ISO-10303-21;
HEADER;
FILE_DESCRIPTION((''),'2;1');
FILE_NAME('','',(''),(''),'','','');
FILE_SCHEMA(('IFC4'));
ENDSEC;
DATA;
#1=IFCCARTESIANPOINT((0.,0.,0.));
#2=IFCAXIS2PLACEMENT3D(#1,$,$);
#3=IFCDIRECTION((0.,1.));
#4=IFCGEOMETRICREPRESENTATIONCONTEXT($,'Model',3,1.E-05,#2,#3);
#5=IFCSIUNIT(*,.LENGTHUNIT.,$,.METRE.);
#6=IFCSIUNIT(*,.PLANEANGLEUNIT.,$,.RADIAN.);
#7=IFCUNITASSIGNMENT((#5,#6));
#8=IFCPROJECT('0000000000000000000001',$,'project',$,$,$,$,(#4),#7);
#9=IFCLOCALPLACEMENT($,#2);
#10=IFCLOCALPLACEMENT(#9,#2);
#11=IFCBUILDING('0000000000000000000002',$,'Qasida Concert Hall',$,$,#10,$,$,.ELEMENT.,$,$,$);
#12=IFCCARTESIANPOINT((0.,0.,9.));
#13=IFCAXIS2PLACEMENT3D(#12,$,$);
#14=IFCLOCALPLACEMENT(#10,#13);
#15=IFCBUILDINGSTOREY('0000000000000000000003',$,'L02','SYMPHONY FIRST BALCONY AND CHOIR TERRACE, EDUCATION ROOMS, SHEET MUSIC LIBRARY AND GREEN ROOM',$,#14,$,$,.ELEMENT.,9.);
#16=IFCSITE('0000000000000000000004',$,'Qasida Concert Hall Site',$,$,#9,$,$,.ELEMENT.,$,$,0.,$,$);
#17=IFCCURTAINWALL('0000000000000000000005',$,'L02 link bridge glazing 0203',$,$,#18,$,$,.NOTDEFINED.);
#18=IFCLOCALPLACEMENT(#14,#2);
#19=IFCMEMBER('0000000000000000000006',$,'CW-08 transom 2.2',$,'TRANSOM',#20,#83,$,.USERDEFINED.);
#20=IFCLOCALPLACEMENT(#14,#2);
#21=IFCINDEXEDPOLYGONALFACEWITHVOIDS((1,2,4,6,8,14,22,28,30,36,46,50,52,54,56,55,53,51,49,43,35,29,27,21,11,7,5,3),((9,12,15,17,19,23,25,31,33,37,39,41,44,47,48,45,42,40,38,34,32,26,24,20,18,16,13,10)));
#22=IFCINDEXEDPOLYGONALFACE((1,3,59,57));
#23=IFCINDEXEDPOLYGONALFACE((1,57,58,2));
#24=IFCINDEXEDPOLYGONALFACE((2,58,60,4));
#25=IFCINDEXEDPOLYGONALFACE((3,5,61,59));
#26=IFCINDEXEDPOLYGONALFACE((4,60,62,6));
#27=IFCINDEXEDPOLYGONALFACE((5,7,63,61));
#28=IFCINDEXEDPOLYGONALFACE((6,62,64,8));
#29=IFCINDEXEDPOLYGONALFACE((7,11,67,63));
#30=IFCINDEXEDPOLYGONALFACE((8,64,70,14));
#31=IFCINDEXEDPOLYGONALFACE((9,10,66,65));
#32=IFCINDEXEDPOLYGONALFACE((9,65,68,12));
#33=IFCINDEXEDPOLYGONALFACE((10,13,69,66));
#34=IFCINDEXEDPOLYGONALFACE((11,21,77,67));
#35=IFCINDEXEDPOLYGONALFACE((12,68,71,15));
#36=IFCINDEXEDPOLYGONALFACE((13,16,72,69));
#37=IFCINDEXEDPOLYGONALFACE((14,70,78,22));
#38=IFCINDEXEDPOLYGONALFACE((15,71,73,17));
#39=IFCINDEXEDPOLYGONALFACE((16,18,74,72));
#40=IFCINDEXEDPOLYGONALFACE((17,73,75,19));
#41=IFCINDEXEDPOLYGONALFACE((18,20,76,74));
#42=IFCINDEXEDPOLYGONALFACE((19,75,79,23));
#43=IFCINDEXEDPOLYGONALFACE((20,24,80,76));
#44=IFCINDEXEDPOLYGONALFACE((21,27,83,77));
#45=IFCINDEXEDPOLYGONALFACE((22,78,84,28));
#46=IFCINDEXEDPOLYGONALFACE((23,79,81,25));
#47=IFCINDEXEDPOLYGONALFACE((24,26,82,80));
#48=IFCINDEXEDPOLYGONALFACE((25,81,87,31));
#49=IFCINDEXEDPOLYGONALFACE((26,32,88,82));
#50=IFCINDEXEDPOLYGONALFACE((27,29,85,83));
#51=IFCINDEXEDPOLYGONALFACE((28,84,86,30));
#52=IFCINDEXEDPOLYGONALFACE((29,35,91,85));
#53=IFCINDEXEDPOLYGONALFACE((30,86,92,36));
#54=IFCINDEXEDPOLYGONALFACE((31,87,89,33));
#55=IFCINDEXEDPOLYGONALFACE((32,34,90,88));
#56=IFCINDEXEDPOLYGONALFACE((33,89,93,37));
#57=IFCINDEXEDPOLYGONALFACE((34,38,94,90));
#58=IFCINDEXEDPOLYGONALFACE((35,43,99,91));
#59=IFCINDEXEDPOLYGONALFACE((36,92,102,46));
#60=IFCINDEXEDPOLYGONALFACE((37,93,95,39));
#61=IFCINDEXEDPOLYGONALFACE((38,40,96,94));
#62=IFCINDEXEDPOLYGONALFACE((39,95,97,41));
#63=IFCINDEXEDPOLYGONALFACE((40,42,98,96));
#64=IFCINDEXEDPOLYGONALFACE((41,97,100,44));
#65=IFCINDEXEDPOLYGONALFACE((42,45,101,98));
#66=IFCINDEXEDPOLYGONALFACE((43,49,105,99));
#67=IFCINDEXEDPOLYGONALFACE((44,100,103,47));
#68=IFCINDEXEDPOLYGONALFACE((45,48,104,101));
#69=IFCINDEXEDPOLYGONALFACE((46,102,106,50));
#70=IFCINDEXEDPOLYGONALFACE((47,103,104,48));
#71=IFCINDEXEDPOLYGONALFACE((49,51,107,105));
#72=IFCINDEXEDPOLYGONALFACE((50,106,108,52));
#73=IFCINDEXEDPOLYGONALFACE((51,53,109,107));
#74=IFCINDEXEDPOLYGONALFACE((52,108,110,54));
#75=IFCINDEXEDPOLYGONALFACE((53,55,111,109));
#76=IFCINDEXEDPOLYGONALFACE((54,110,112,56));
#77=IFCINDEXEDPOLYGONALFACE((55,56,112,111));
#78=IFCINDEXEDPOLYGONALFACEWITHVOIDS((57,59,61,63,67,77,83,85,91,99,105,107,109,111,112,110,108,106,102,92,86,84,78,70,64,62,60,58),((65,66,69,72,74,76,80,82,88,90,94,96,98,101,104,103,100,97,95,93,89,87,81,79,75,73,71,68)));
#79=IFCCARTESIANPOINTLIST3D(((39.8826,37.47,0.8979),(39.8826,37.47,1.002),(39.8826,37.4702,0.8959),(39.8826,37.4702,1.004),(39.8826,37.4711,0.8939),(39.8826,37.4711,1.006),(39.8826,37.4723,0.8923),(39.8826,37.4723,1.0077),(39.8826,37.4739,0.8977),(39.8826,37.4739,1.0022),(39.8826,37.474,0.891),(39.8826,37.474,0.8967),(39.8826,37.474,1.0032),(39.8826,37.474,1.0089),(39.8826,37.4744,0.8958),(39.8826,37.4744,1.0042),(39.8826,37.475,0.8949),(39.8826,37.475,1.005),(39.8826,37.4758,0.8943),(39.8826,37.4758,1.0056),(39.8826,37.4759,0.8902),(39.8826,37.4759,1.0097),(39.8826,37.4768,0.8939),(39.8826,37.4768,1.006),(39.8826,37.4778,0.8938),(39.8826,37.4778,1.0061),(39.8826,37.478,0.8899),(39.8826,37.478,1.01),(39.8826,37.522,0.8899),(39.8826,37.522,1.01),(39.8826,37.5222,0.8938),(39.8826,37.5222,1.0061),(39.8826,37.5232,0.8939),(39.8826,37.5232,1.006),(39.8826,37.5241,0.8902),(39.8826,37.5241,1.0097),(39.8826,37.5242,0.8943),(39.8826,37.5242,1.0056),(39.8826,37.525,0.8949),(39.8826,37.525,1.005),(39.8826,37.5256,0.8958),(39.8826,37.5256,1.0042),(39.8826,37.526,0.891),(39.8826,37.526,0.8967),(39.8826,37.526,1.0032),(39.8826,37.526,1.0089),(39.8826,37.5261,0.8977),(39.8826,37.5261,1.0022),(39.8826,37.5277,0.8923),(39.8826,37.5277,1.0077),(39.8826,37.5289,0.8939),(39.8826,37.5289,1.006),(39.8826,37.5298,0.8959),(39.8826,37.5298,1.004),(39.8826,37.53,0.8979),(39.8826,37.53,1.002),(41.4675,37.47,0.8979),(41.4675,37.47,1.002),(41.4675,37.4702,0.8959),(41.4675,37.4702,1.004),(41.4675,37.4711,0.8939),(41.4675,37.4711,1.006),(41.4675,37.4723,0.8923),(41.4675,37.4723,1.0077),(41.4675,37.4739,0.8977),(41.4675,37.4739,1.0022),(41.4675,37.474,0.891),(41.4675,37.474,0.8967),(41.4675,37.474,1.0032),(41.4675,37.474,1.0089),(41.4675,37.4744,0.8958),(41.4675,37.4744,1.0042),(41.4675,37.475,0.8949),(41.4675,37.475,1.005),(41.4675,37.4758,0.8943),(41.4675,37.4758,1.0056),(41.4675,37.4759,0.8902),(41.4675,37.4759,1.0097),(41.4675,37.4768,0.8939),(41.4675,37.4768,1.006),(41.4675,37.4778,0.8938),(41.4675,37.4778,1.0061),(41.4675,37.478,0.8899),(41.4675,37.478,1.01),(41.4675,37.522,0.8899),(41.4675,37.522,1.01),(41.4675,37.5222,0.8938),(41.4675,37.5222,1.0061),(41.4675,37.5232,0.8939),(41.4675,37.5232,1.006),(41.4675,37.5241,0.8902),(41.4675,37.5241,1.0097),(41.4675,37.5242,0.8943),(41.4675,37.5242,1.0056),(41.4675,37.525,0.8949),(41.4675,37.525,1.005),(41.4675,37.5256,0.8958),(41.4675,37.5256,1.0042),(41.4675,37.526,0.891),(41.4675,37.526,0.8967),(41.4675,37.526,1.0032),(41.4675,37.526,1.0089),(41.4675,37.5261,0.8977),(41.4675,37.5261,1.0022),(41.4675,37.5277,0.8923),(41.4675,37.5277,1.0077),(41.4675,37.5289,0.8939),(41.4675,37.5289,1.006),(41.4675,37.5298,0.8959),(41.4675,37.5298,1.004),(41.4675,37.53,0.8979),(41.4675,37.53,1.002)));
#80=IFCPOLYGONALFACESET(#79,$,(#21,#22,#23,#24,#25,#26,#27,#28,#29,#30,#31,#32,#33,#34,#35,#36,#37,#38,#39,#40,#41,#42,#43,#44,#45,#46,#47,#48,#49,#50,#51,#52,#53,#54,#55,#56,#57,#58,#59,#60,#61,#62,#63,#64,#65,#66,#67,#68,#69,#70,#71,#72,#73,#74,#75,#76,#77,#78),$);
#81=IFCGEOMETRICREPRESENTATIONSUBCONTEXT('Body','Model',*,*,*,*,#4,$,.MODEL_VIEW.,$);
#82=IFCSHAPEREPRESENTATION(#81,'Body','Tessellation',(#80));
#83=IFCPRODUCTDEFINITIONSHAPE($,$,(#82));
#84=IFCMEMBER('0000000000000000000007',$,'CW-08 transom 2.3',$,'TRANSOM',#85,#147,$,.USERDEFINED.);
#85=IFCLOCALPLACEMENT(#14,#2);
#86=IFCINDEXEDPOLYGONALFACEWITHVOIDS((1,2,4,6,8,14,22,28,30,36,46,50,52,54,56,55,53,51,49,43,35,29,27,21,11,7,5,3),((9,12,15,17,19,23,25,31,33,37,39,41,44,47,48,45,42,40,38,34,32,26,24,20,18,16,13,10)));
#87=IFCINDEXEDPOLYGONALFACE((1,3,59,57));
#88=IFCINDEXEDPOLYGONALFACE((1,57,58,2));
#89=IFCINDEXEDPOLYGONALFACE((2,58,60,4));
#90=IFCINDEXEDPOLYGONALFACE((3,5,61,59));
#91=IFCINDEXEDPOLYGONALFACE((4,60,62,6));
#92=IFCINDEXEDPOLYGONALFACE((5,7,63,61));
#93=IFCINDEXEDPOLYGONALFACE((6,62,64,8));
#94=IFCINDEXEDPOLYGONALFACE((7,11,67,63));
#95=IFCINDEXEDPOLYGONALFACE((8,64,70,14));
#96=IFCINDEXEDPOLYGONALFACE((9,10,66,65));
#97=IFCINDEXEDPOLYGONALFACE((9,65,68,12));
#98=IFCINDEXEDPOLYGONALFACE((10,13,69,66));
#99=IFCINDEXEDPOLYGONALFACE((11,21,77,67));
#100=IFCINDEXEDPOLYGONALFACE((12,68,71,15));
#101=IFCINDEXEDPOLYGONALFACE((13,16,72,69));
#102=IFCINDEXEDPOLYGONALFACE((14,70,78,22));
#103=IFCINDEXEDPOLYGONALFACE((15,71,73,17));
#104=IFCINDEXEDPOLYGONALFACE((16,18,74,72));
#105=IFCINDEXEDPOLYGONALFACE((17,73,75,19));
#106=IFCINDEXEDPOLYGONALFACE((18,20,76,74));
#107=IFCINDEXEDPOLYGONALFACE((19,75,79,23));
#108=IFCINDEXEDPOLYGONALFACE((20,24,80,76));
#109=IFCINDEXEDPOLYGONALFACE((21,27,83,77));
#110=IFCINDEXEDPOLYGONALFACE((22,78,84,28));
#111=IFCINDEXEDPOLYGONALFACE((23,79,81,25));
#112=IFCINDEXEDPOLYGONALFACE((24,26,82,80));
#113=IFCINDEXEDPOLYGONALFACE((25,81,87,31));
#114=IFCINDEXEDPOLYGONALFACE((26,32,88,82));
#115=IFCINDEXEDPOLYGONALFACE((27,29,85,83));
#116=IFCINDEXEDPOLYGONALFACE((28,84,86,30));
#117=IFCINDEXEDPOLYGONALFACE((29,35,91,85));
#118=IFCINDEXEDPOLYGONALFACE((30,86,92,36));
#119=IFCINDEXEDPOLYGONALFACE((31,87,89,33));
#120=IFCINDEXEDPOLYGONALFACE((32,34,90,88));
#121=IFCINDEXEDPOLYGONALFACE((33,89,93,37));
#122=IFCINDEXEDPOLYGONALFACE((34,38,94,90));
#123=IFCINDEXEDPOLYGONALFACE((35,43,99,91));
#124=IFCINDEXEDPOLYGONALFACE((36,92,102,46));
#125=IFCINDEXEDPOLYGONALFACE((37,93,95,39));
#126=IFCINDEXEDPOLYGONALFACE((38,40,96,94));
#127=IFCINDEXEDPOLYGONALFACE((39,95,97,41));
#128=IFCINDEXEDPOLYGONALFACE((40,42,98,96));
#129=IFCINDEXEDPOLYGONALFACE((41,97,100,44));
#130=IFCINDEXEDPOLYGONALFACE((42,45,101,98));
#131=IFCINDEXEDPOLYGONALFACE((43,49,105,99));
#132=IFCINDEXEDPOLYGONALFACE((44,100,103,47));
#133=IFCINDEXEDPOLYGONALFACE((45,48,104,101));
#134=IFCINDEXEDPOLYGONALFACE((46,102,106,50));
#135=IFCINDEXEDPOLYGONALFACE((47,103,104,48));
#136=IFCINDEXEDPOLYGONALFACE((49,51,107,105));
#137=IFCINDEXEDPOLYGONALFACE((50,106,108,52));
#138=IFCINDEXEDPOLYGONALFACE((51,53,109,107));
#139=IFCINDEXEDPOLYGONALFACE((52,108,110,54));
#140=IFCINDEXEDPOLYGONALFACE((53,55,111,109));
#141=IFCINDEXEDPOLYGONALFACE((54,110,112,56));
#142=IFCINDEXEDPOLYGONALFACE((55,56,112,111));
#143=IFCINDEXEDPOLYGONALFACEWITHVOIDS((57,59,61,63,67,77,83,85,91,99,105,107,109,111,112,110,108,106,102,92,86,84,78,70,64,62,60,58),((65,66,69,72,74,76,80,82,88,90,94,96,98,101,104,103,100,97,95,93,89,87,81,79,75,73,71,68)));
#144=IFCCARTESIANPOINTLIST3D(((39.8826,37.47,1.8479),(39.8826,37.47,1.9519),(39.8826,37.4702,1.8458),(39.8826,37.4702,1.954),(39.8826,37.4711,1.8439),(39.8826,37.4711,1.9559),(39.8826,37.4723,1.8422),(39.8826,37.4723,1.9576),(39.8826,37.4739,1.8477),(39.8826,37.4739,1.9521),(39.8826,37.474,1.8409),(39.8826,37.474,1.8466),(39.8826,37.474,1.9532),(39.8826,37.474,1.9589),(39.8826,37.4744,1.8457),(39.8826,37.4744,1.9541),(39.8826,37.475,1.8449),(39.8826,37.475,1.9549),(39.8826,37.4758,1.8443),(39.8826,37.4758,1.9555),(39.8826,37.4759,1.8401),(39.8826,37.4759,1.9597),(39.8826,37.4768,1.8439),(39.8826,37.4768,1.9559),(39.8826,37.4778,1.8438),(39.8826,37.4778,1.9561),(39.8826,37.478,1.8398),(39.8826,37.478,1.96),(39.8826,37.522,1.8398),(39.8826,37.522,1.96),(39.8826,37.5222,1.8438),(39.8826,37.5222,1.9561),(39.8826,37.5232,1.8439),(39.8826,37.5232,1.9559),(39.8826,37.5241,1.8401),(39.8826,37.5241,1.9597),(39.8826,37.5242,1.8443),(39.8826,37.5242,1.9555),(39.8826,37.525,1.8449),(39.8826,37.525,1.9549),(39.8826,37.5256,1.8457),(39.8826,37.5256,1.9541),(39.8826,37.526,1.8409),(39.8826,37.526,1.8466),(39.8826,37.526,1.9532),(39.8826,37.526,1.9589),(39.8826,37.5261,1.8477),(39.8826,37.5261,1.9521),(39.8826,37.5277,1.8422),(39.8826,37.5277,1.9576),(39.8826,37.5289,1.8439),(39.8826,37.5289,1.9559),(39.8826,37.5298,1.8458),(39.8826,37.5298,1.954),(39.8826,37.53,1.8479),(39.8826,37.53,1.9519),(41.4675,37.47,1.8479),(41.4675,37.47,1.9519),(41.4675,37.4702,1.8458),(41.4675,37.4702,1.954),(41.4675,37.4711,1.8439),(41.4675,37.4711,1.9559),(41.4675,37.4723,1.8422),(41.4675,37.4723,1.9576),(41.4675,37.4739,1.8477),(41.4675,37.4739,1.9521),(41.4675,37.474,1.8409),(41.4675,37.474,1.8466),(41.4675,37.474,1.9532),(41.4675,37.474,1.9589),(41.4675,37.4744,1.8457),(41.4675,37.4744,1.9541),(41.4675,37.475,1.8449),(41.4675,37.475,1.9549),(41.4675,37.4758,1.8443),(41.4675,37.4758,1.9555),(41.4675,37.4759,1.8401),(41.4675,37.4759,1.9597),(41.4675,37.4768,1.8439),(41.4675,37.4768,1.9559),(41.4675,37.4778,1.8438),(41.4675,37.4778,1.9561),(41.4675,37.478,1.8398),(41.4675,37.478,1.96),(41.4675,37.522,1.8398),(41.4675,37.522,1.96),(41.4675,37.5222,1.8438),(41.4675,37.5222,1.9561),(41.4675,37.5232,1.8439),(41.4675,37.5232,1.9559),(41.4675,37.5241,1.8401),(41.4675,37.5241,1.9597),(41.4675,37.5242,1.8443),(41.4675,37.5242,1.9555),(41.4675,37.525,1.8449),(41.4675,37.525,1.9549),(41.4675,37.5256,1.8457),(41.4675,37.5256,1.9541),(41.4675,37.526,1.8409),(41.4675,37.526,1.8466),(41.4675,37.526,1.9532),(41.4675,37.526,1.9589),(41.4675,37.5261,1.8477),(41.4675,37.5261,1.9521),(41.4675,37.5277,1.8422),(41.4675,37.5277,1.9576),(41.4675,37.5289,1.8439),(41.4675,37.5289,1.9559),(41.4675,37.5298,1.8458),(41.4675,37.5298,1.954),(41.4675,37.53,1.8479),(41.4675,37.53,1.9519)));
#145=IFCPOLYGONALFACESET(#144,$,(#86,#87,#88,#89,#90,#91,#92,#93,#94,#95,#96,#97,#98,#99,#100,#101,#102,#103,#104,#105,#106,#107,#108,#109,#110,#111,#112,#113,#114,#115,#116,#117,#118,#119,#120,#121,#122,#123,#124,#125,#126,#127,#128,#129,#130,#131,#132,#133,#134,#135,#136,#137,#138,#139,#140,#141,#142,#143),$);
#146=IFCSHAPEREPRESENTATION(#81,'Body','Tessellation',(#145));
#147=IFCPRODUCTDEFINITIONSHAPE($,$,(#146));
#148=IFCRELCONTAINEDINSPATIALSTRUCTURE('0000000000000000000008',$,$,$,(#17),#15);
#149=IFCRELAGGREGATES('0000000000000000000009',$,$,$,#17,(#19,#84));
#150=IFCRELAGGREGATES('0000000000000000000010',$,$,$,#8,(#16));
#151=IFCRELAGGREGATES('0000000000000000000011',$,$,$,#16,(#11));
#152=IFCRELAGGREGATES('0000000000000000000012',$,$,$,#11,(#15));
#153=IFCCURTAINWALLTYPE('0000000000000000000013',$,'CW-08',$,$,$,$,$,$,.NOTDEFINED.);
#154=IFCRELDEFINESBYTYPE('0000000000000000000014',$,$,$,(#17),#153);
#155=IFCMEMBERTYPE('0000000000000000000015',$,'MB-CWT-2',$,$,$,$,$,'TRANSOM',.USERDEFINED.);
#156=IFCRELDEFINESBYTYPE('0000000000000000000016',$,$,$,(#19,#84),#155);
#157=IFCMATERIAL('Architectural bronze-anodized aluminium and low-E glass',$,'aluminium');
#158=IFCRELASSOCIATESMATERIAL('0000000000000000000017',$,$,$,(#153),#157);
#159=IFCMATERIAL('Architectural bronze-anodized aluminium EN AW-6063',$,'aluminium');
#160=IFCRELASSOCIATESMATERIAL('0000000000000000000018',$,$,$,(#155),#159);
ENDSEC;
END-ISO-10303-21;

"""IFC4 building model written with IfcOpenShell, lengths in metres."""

from ifc_helpers import new_model, si_unit, direction, frame, origin, origin_2d, place, context, subcontext, project, spatial, hollow_rectangle, extrude, material, material_profile, profile_set, type_object, element, aggregate, save


model = new_model("IFC4")

# Units and contexts
model_context = context("Model", 3, precision=1e-05, world=origin(), true_north=direction((0.0, 1.0)))
body_context = subcontext(model_context, "Body", "Model", "MODEL_VIEW")
ifc_project = project(units=[si_unit("LENGTHUNIT", "METRE"), si_unit("PLANEANGLEUNIT", "RADIAN")], contexts=[model_context])

# Site, building, storey
site_placement = place(None, origin())
site = spatial("IfcSite", under=ifc_project, at=site_placement, Name="Qasida Concert Hall Site", CompositionType="ELEMENT", RefElevation=0.0)
building_placement = place(site_placement, origin())
building = spatial("IfcBuilding", under=site, at=building_placement, Name="Qasida Concert Hall", CompositionType="ELEMENT")
storey_placement = place(building_placement, frame((0.0, 0.0, 9.0)))
storey = spatial("IfcBuildingStorey", under=building, at=storey_placement, Name="L02", Description="SYMPHONY FIRST BALCONY AND CHOIR TERRACE, EDUCATION ROOMS, SHEET MUSIC LIBRARY AND GREEN ROOM", CompositionType="ELEMENT", Elevation=9.0)

# Curtain wall, members
ifc_material_1 = material(Name="Architectural bronze-anodized aluminium and low-E glass", Category="aluminium")
curtain_wall_type = type_object("IfcCurtainWallType", Name="CW-08", PredefinedType="NOTDEFINED", material=ifc_material_1)
curtain_wall_placement = place(storey_placement, origin())
curtain_wall = element("IfcCurtainWall", 1, at=curtain_wall_placement, inside=storey, type_object=curtain_wall_type, Name="L02 link bridge glazing 0203", PredefinedType="NOTDEFINED")
ifc_material_2 = material(Name="Architectural bronze-anodized aluminium EN AW-6063", Category="aluminium")
ifc_material_profile_1 = material_profile(ifc_material_2, hollow_rectangle(XDim=0.0601, YDim=0.1201, WallThickness=0.0039, InnerFilletRadius=0.0039, OuterFilletRadius=0.0081, at=origin_2d()), Name="CWT 120x60x4")
ifc_profile_set_1 = profile_set([ifc_material_profile_1], Name="Architectural bronze-anodized aluminium EN AW-6063")
member_type_1 = type_object("IfcMemberType", Name="MB-CWT-2", ElementType="TRANSOM", PredefinedType="USERDEFINED", material=ifc_profile_set_1)
member_1_placement = place(storey_placement, frame((39.8826, 37.5, 0.95), z_axis=(1.0, 0.0, 0.0), x_axis=(0.0, 1.0, 0.0)))
member_1 = element("IfcMember", 2, at=member_1_placement, type_object=member_type_1, Name="CW-08 transom 2.2", ObjectType="TRANSOM", PredefinedType="USERDEFINED", context=body_context, shape_type="SweptSolid", body=[
    extrude(hollow_rectangle(XDim=0.0601, YDim=0.1201, WallThickness=0.0039, InnerFilletRadius=0.0039, OuterFilletRadius=0.0081, at=origin_2d()), origin(), (0.0, 0.0, 1.0), 1.585),
])
member_2_placement = place(storey_placement, frame((39.8826, 37.5, 1.8999), z_axis=(1.0, 0.0, 0.0), x_axis=(0.0, 1.0, 0.0)))
member_2 = element("IfcMember", 3, at=member_2_placement, type_object=member_type_1, Name="CW-08 transom 2.3", ObjectType="TRANSOM", PredefinedType="USERDEFINED", context=body_context, shape_type="SweptSolid", body=[
    extrude(hollow_rectangle(XDim=0.0601, YDim=0.1201, WallThickness=0.0039, InnerFilletRadius=0.0039, OuterFilletRadius=0.0081, at=origin_2d()), origin(), (0.0, 0.0, 1.0), 1.585),
])
aggregate(curtain_wall, [member_1, member_2])

save(model, "model.ifc")
